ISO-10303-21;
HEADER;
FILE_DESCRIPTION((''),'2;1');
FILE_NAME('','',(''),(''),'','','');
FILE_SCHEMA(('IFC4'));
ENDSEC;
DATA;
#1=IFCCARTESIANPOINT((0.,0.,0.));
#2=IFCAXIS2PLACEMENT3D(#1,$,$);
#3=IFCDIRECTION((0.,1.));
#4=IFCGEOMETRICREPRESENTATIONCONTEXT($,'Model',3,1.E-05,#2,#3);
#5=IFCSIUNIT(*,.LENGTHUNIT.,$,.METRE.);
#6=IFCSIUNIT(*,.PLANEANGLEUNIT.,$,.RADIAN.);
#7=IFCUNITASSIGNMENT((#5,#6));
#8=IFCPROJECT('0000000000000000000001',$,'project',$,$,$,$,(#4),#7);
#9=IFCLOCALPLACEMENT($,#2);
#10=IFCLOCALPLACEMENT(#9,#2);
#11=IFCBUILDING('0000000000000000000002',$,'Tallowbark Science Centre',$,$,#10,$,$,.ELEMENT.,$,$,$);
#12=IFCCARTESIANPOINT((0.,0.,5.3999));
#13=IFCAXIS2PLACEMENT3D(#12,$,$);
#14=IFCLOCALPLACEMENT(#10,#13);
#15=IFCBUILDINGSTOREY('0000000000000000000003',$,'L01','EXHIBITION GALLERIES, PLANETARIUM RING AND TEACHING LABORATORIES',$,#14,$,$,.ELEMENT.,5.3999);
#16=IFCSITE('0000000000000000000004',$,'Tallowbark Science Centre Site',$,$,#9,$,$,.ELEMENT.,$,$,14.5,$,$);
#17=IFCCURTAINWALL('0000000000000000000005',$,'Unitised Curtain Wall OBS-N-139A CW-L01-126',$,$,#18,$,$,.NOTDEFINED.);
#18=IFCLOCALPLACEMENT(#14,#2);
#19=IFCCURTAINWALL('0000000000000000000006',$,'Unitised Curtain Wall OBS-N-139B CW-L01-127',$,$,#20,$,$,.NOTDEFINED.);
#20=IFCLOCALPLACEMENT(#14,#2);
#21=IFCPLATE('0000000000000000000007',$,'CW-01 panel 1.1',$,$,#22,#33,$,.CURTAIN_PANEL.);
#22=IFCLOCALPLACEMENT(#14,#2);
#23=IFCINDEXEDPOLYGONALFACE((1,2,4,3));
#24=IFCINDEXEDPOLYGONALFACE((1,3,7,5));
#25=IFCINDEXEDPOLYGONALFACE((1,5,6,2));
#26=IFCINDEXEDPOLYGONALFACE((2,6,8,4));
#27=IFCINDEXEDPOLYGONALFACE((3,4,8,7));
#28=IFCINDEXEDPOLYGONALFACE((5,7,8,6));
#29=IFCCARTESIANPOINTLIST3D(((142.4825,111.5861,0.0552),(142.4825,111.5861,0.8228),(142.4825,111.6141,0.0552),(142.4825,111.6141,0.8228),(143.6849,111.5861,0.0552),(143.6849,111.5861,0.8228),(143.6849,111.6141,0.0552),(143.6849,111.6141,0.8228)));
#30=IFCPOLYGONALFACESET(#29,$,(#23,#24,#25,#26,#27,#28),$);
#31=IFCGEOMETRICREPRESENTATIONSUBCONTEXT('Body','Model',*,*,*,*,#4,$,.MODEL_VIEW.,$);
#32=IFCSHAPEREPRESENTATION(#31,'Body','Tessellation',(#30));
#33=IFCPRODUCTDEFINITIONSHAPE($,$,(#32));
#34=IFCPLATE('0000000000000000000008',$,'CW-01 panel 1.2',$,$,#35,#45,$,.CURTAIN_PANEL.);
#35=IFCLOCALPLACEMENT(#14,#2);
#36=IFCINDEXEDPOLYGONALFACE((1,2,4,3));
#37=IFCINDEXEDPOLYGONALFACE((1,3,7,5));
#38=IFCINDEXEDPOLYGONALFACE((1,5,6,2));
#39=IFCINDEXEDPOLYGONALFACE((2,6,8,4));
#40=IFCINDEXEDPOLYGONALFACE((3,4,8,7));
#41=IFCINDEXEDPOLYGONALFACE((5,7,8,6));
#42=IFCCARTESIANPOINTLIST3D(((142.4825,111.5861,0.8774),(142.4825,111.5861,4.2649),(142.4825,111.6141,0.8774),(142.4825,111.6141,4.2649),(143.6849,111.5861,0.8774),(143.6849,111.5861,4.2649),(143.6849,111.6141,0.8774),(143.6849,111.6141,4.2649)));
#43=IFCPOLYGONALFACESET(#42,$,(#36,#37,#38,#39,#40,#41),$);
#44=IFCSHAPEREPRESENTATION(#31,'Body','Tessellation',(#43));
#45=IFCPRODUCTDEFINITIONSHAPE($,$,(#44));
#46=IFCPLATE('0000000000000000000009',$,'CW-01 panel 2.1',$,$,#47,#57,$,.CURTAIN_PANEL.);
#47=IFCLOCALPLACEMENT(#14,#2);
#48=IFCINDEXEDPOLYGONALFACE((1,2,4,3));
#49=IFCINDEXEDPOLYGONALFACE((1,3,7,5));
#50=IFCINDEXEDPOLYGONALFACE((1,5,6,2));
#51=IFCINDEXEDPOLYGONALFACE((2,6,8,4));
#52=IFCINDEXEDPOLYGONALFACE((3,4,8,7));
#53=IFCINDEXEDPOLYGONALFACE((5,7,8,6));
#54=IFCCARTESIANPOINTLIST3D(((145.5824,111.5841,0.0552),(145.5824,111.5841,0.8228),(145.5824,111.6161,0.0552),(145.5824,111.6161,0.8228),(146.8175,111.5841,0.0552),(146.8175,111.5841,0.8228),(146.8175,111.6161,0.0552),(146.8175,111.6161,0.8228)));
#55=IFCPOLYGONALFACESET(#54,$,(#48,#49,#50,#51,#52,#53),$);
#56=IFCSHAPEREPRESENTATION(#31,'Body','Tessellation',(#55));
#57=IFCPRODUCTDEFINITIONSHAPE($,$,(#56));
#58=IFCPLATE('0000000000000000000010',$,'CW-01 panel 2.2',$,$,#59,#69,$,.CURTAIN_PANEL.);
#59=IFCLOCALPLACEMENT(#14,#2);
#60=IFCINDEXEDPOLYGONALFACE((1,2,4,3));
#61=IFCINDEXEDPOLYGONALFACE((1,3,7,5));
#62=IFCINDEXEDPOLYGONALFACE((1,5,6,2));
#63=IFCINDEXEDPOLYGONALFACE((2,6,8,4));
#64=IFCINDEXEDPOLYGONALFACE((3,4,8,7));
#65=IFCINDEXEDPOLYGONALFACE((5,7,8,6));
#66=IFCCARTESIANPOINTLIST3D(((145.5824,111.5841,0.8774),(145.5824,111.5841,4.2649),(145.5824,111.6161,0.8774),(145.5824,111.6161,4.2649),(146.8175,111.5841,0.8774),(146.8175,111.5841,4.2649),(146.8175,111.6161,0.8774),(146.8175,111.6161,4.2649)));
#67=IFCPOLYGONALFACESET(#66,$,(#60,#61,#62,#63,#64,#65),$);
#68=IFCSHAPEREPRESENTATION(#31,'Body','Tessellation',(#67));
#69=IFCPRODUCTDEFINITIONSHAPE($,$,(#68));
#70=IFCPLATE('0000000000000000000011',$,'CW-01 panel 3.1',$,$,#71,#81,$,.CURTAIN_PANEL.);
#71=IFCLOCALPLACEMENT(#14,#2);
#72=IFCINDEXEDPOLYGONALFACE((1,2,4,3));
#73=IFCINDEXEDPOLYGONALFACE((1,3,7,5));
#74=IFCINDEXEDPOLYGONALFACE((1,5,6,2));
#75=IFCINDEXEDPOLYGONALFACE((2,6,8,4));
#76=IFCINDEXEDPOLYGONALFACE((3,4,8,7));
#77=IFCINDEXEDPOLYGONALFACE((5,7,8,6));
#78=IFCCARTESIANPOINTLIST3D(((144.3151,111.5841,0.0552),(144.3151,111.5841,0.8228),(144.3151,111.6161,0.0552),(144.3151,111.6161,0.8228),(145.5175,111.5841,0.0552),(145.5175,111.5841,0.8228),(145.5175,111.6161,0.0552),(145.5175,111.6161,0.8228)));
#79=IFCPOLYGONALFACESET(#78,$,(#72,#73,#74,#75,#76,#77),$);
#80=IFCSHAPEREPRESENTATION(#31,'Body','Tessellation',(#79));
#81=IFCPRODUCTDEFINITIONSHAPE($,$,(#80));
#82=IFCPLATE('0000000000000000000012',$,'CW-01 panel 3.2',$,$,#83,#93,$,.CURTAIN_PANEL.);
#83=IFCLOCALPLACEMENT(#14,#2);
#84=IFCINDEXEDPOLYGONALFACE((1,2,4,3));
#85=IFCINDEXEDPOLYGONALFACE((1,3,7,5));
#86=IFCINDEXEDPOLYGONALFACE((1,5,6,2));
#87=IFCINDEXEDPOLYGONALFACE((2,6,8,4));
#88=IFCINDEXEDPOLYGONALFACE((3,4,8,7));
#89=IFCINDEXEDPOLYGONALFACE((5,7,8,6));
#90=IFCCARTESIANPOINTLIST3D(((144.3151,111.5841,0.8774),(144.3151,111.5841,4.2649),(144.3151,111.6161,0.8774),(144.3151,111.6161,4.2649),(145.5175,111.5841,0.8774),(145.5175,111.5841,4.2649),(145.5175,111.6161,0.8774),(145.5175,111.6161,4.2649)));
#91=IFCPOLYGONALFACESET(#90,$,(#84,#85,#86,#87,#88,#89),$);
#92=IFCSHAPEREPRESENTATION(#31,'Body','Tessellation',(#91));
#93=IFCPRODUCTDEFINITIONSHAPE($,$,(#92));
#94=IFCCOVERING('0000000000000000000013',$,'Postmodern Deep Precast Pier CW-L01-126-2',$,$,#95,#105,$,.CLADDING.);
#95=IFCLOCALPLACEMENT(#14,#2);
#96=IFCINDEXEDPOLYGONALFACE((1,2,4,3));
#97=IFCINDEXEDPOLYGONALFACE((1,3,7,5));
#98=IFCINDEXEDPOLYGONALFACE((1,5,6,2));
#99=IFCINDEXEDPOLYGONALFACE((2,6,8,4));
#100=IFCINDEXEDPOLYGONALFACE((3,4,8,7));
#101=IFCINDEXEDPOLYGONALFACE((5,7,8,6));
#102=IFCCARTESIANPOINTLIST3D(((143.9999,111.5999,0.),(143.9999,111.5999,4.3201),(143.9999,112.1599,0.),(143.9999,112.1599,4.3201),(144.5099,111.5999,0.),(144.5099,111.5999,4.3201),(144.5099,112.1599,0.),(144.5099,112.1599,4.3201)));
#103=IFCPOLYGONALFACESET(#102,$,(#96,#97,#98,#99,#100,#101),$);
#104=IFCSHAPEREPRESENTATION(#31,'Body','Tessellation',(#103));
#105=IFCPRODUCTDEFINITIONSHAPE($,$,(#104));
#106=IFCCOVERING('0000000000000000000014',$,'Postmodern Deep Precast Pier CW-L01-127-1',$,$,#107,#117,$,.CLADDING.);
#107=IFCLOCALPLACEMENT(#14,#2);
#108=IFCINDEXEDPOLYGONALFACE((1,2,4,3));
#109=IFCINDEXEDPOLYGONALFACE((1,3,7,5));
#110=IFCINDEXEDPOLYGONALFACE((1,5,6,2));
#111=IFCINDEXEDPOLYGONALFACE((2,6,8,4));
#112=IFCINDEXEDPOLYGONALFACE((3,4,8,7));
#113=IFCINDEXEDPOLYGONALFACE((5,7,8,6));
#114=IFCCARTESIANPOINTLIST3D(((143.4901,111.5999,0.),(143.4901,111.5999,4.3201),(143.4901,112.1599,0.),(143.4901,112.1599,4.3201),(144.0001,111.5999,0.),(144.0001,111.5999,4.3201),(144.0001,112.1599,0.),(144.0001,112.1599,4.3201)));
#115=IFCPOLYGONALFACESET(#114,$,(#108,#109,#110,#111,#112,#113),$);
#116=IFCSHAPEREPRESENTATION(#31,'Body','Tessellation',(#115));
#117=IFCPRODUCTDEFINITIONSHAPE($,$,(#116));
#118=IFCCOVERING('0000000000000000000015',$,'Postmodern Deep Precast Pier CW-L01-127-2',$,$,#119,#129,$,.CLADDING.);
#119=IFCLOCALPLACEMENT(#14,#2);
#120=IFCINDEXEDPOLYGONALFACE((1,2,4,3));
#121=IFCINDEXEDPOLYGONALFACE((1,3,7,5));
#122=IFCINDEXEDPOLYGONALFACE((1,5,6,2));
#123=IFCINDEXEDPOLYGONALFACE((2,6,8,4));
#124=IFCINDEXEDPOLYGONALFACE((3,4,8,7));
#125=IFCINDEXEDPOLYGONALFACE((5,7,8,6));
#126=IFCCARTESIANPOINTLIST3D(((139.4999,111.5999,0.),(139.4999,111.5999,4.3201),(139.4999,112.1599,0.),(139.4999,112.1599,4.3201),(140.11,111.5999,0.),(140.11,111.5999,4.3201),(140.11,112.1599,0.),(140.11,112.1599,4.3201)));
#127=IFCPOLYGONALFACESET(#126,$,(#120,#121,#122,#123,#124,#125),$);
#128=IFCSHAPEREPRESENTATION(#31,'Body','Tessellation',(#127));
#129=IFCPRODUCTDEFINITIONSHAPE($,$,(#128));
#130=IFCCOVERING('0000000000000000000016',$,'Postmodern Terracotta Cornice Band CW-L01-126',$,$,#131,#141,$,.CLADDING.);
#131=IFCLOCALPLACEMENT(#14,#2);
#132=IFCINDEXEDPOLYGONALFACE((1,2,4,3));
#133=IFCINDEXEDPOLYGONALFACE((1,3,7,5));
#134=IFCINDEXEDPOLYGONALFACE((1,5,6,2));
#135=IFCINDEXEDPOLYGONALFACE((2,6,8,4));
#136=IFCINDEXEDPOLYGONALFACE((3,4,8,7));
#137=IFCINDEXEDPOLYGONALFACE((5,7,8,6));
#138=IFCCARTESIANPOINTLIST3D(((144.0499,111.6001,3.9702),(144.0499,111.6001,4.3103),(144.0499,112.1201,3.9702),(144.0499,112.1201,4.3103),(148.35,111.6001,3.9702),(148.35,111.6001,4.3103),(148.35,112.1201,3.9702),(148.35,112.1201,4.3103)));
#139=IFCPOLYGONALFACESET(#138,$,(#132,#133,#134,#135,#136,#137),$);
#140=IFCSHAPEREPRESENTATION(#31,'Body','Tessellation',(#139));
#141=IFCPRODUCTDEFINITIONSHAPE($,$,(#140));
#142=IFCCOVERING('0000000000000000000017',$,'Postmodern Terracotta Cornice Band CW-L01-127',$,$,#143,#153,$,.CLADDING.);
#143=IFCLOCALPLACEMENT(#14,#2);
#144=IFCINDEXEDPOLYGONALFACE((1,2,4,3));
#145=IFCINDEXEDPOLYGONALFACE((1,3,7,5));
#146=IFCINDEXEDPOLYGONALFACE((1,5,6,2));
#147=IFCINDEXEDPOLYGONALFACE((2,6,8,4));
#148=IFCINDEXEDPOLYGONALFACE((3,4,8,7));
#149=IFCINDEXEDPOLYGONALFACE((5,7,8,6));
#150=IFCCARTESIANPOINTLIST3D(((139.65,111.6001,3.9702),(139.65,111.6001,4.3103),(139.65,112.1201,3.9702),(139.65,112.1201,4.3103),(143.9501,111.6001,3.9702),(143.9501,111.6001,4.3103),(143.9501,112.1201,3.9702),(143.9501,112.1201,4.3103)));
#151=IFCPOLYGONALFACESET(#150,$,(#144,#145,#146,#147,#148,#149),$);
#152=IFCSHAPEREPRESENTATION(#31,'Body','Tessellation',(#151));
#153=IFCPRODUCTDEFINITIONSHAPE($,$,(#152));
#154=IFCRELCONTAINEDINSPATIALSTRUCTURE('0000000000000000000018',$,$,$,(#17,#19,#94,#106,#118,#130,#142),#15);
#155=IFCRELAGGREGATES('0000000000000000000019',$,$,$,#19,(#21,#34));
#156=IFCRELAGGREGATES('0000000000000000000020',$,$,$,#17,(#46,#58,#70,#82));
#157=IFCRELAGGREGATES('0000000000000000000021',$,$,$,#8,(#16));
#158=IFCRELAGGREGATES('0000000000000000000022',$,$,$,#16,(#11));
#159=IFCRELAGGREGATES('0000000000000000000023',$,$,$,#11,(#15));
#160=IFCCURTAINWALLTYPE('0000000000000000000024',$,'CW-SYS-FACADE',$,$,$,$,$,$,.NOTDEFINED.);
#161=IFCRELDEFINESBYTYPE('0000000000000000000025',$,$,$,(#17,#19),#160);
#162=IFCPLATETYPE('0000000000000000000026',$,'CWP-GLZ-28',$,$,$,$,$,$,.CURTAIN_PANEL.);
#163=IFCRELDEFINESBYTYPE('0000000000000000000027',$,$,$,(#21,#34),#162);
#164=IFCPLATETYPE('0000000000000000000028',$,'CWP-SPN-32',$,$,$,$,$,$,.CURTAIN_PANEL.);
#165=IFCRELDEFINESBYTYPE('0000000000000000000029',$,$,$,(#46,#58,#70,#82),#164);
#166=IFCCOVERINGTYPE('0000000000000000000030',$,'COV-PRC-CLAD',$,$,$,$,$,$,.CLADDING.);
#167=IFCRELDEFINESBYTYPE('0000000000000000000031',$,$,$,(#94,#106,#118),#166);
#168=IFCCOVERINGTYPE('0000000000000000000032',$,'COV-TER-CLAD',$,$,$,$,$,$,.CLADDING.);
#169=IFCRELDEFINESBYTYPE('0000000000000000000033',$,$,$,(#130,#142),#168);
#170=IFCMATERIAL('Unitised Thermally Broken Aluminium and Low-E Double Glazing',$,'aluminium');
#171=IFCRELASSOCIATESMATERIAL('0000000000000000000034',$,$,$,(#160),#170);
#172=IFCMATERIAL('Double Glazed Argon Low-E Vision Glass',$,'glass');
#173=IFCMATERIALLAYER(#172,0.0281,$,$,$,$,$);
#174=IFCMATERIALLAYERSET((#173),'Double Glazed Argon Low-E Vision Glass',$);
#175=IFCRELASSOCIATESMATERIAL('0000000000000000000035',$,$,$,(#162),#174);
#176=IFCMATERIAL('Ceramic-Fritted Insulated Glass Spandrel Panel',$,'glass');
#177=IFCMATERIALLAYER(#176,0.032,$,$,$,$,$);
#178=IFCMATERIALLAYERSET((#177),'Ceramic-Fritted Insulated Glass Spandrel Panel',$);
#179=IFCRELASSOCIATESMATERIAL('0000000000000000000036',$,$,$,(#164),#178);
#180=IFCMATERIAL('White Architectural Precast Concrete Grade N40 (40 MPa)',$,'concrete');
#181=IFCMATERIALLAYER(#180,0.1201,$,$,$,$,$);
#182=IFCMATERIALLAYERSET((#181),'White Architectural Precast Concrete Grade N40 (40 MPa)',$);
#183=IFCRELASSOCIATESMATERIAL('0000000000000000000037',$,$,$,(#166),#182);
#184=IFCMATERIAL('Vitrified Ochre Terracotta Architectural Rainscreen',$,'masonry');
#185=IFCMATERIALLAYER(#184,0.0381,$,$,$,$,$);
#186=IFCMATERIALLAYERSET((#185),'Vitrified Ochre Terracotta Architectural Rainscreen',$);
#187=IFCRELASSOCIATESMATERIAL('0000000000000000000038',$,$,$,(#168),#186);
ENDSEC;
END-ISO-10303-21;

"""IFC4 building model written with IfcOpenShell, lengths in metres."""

from ifc_helpers import new_model, si_unit, direction, frame, origin, origin_2d, place, context, subcontext, project, spatial, rectangle, extrude, material, layer, layer_set, type_object, element, aggregate, save


model = new_model("IFC4")

# Units and contexts
model_context = context("Model", 3, precision=1e-05, world=origin(), true_north=direction((0.0, 1.0)))
body_context = subcontext(model_context, "Body", "Model", "MODEL_VIEW")
ifc_project = project(units=[si_unit("LENGTHUNIT", "METRE"), si_unit("PLANEANGLEUNIT", "RADIAN")], contexts=[model_context])

# Site, building, storey
site_placement = place(None, origin())
site = spatial("IfcSite", under=ifc_project, at=site_placement, Name="Tallowbark Science Centre Site", CompositionType="ELEMENT", RefElevation=14.5)
building_placement = place(site_placement, origin())
building = spatial("IfcBuilding", under=site, at=building_placement, Name="Tallowbark Science Centre", CompositionType="ELEMENT")
storey_placement = place(building_placement, frame((0.0, 0.0, 5.3999)))
storey = spatial("IfcBuildingStorey", under=building, at=storey_placement, Name="L01", Description="EXHIBITION GALLERIES, PLANETARIUM RING AND TEACHING LABORATORIES", CompositionType="ELEMENT", Elevation=5.3999)

# Curtain walls
ifc_material_1 = material(Name="Unitised Thermally Broken Aluminium and Low-E Double Glazing", Category="aluminium")
curtain_wall_type = type_object("IfcCurtainWallType", Name="CW-SYS-FACADE", PredefinedType="NOTDEFINED", material=ifc_material_1)
curtain_wall_1_placement = place(storey_placement, origin())
curtain_wall_1 = element("IfcCurtainWall", 1, at=curtain_wall_1_placement, inside=storey, type_object=curtain_wall_type, Name="Unitised Curtain Wall OBS-N-139A CW-L01-126", PredefinedType="NOTDEFINED")
curtain_wall_2_placement = place(storey_placement, origin())
curtain_wall_2 = element("IfcCurtainWall", 2, at=curtain_wall_2_placement, inside=storey, type_object=curtain_wall_type, Name="Unitised Curtain Wall OBS-N-139B CW-L01-127", PredefinedType="NOTDEFINED")

# Plates
ifc_material_2 = material(Name="Double Glazed Argon Low-E Vision Glass", Category="glass")
ifc_layer_1 = layer(ifc_material_2, 0.0281)
ifc_layer_set_1 = layer_set([ifc_layer_1], Name="Double Glazed Argon Low-E Vision Glass")
plate_type_1 = type_object("IfcPlateType", Name="CWP-GLZ-28", PredefinedType="CURTAIN_PANEL", material=ifc_layer_set_1)
plate_1_placement = place(storey_placement, frame((143.0837, 111.6001, 0.0552), z_axis=(0.0, 0.0, 1.0), x_axis=(-1.0, 0.0, 0.0)))
plate_1 = element("IfcPlate", 3, at=plate_1_placement, type_object=plate_type_1, Name="CW-01 panel 1.1", PredefinedType="CURTAIN_PANEL", context=body_context, shape_type="SweptSolid", body=[
    extrude(rectangle(XDim=1.2024, YDim=0.0281, at=origin_2d()), origin(), (0.0, 0.0, 1.0), 0.7676),
])
plate_2_placement = place(storey_placement, frame((143.0837, 111.6001, 0.8774), z_axis=(0.0, 0.0, 1.0), x_axis=(-1.0, 0.0, 0.0)))
plate_2 = element("IfcPlate", 4, at=plate_2_placement, type_object=plate_type_1, Name="CW-01 panel 1.2", PredefinedType="CURTAIN_PANEL", context=body_context, shape_type="SweptSolid", body=[
    extrude(rectangle(XDim=1.2024, YDim=0.0281, at=origin_2d()), origin(), (0.0, 0.0, 1.0), 3.3875),
])
aggregate(curtain_wall_2, [plate_1, plate_2])
ifc_material_3 = material(Name="Ceramic-Fritted Insulated Glass Spandrel Panel", Category="glass")
ifc_layer_2 = layer(ifc_material_3, 0.032)
ifc_layer_set_2 = layer_set([ifc_layer_2], Name="Ceramic-Fritted Insulated Glass Spandrel Panel")
plate_type_2 = type_object("IfcPlateType", Name="CWP-SPN-32", PredefinedType="CURTAIN_PANEL", material=ifc_layer_set_2)
plate_3_placement = place(storey_placement, frame((146.2, 111.6001, 0.0552), z_axis=(0.0, 0.0, 1.0), x_axis=(-1.0, 0.0, 0.0)))
plate_3 = element("IfcPlate", 5, at=plate_3_placement, type_object=plate_type_2, Name="CW-01 panel 2.1", PredefinedType="CURTAIN_PANEL", context=body_context, shape_type="SweptSolid", body=[
    extrude(rectangle(XDim=1.2351, YDim=0.032, at=origin_2d()), origin(), (0.0, 0.0, 1.0), 0.7676),
])
plate_4_placement = place(storey_placement, frame((146.2, 111.6001, 0.8774), z_axis=(0.0, 0.0, 1.0), x_axis=(-1.0, 0.0, 0.0)))
plate_4 = element("IfcPlate", 6, at=plate_4_placement, type_object=plate_type_2, Name="CW-01 panel 2.2", PredefinedType="CURTAIN_PANEL", context=body_context, shape_type="SweptSolid", body=[
    extrude(rectangle(XDim=1.2351, YDim=0.032, at=origin_2d()), origin(), (0.0, 0.0, 1.0), 3.3875),
])
plate_5_placement = place(storey_placement, frame((144.9163, 111.6001, 0.0552), z_axis=(0.0, 0.0, 1.0), x_axis=(-1.0, 0.0, 0.0)))
plate_5 = element("IfcPlate", 7, at=plate_5_placement, type_object=plate_type_2, Name="CW-01 panel 3.1", PredefinedType="CURTAIN_PANEL", context=body_context, shape_type="SweptSolid", body=[
    extrude(rectangle(XDim=1.2024, YDim=0.032, at=origin_2d()), origin(), (0.0, 0.0, 1.0), 0.7676),
])
plate_6_placement = place(storey_placement, frame((144.9163, 111.6001, 0.8774), z_axis=(0.0, 0.0, 1.0), x_axis=(-1.0, 0.0, 0.0)))
plate_6 = element("IfcPlate", 8, at=plate_6_placement, type_object=plate_type_2, Name="CW-01 panel 3.2", PredefinedType="CURTAIN_PANEL", context=body_context, shape_type="SweptSolid", body=[
    extrude(rectangle(XDim=1.2024, YDim=0.032, at=origin_2d()), origin(), (0.0, 0.0, 1.0), 3.3875),
])
aggregate(curtain_wall_1, [plate_3, plate_4, plate_5, plate_6])

# Coverings
ifc_material_4 = material(Name="White Architectural Precast Concrete Grade N40 (40 MPa)", Category="concrete")
ifc_layer_3 = layer(ifc_material_4, 0.1201)
ifc_layer_set_3 = layer_set([ifc_layer_3], Name="White Architectural Precast Concrete Grade N40 (40 MPa)")
covering_type_1 = type_object("IfcCoveringType", Name="COV-PRC-CLAD", PredefinedType="CLADDING", material=ifc_layer_set_3)
for number, where, z_axis, x_axis, name in (
    (9, (144.2549, 111.8799, 0.0), (0.0, 0.0, 1.0), (-1.0, 0.0, 0.0), "Postmodern Deep Precast Pier CW-L01-126-2"),
    (10, (143.7451, 111.8799, 0.0), (0.0, 0.0, 1.0), (-1.0, 0.0, 0.0), "Postmodern Deep Precast Pier CW-L01-127-1"),
):
    element("IfcCovering", number, at=place(storey_placement, frame(where, z_axis=z_axis, x_axis=x_axis)), inside=storey, type_object=covering_type_1, Name=name, PredefinedType="CLADDING", context=body_context, shape_type="SweptSolid", body=[
        extrude(rectangle(XDim=0.51, YDim=0.5601, at=origin_2d()), origin(), (0.0, 0.0, 1.0), 4.3201),
    ])
covering_placement = place(storey_placement, frame((139.8049, 111.8799, 0.0), z_axis=(0.0, 0.0, 1.0), x_axis=(-1.0, 0.0, 0.0)))
element("IfcCovering", 11, at=covering_placement, inside=storey, type_object=covering_type_1, Name="Postmodern Deep Precast Pier CW-L01-127-2", PredefinedType="CLADDING", context=body_context, shape_type="SweptSolid", body=[
    extrude(rectangle(XDim=0.6101, YDim=0.5601, at=origin_2d()), origin(), (0.0, 0.0, 1.0), 4.3201),
])
ifc_material_5 = material(Name="Vitrified Ochre Terracotta Architectural Rainscreen", Category="masonry")
ifc_layer_4 = layer(ifc_material_5, 0.0381)
ifc_layer_set_4 = layer_set([ifc_layer_4], Name="Vitrified Ochre Terracotta Architectural Rainscreen")
covering_type_2 = type_object("IfcCoveringType", Name="COV-TER-CLAD", PredefinedType="CLADDING", material=ifc_layer_set_4)
for number, where, z_axis, x_axis, name in (
    (12, (146.2, 111.8601, 3.9702), (0.0, 0.0, 1.0), (-1.0, 0.0, 0.0), "Postmodern Terracotta Cornice Band CW-L01-126"),
    (13, (141.8, 111.8601, 3.9702), (0.0, 0.0, 1.0), (-1.0, 0.0, 0.0), "Postmodern Terracotta Cornice Band CW-L01-127"),
):
    element("IfcCovering", number, at=place(storey_placement, frame(where, z_axis=z_axis, x_axis=x_axis)), inside=storey, type_object=covering_type_2, Name=name, PredefinedType="CLADDING", context=body_context, shape_type="SweptSolid", body=[
        extrude(rectangle(XDim=4.3, YDim=0.52, at=origin_2d()), origin(), (0.0, 0.0, 1.0), 0.3401),
    ])

save(model, "model.ifc")
